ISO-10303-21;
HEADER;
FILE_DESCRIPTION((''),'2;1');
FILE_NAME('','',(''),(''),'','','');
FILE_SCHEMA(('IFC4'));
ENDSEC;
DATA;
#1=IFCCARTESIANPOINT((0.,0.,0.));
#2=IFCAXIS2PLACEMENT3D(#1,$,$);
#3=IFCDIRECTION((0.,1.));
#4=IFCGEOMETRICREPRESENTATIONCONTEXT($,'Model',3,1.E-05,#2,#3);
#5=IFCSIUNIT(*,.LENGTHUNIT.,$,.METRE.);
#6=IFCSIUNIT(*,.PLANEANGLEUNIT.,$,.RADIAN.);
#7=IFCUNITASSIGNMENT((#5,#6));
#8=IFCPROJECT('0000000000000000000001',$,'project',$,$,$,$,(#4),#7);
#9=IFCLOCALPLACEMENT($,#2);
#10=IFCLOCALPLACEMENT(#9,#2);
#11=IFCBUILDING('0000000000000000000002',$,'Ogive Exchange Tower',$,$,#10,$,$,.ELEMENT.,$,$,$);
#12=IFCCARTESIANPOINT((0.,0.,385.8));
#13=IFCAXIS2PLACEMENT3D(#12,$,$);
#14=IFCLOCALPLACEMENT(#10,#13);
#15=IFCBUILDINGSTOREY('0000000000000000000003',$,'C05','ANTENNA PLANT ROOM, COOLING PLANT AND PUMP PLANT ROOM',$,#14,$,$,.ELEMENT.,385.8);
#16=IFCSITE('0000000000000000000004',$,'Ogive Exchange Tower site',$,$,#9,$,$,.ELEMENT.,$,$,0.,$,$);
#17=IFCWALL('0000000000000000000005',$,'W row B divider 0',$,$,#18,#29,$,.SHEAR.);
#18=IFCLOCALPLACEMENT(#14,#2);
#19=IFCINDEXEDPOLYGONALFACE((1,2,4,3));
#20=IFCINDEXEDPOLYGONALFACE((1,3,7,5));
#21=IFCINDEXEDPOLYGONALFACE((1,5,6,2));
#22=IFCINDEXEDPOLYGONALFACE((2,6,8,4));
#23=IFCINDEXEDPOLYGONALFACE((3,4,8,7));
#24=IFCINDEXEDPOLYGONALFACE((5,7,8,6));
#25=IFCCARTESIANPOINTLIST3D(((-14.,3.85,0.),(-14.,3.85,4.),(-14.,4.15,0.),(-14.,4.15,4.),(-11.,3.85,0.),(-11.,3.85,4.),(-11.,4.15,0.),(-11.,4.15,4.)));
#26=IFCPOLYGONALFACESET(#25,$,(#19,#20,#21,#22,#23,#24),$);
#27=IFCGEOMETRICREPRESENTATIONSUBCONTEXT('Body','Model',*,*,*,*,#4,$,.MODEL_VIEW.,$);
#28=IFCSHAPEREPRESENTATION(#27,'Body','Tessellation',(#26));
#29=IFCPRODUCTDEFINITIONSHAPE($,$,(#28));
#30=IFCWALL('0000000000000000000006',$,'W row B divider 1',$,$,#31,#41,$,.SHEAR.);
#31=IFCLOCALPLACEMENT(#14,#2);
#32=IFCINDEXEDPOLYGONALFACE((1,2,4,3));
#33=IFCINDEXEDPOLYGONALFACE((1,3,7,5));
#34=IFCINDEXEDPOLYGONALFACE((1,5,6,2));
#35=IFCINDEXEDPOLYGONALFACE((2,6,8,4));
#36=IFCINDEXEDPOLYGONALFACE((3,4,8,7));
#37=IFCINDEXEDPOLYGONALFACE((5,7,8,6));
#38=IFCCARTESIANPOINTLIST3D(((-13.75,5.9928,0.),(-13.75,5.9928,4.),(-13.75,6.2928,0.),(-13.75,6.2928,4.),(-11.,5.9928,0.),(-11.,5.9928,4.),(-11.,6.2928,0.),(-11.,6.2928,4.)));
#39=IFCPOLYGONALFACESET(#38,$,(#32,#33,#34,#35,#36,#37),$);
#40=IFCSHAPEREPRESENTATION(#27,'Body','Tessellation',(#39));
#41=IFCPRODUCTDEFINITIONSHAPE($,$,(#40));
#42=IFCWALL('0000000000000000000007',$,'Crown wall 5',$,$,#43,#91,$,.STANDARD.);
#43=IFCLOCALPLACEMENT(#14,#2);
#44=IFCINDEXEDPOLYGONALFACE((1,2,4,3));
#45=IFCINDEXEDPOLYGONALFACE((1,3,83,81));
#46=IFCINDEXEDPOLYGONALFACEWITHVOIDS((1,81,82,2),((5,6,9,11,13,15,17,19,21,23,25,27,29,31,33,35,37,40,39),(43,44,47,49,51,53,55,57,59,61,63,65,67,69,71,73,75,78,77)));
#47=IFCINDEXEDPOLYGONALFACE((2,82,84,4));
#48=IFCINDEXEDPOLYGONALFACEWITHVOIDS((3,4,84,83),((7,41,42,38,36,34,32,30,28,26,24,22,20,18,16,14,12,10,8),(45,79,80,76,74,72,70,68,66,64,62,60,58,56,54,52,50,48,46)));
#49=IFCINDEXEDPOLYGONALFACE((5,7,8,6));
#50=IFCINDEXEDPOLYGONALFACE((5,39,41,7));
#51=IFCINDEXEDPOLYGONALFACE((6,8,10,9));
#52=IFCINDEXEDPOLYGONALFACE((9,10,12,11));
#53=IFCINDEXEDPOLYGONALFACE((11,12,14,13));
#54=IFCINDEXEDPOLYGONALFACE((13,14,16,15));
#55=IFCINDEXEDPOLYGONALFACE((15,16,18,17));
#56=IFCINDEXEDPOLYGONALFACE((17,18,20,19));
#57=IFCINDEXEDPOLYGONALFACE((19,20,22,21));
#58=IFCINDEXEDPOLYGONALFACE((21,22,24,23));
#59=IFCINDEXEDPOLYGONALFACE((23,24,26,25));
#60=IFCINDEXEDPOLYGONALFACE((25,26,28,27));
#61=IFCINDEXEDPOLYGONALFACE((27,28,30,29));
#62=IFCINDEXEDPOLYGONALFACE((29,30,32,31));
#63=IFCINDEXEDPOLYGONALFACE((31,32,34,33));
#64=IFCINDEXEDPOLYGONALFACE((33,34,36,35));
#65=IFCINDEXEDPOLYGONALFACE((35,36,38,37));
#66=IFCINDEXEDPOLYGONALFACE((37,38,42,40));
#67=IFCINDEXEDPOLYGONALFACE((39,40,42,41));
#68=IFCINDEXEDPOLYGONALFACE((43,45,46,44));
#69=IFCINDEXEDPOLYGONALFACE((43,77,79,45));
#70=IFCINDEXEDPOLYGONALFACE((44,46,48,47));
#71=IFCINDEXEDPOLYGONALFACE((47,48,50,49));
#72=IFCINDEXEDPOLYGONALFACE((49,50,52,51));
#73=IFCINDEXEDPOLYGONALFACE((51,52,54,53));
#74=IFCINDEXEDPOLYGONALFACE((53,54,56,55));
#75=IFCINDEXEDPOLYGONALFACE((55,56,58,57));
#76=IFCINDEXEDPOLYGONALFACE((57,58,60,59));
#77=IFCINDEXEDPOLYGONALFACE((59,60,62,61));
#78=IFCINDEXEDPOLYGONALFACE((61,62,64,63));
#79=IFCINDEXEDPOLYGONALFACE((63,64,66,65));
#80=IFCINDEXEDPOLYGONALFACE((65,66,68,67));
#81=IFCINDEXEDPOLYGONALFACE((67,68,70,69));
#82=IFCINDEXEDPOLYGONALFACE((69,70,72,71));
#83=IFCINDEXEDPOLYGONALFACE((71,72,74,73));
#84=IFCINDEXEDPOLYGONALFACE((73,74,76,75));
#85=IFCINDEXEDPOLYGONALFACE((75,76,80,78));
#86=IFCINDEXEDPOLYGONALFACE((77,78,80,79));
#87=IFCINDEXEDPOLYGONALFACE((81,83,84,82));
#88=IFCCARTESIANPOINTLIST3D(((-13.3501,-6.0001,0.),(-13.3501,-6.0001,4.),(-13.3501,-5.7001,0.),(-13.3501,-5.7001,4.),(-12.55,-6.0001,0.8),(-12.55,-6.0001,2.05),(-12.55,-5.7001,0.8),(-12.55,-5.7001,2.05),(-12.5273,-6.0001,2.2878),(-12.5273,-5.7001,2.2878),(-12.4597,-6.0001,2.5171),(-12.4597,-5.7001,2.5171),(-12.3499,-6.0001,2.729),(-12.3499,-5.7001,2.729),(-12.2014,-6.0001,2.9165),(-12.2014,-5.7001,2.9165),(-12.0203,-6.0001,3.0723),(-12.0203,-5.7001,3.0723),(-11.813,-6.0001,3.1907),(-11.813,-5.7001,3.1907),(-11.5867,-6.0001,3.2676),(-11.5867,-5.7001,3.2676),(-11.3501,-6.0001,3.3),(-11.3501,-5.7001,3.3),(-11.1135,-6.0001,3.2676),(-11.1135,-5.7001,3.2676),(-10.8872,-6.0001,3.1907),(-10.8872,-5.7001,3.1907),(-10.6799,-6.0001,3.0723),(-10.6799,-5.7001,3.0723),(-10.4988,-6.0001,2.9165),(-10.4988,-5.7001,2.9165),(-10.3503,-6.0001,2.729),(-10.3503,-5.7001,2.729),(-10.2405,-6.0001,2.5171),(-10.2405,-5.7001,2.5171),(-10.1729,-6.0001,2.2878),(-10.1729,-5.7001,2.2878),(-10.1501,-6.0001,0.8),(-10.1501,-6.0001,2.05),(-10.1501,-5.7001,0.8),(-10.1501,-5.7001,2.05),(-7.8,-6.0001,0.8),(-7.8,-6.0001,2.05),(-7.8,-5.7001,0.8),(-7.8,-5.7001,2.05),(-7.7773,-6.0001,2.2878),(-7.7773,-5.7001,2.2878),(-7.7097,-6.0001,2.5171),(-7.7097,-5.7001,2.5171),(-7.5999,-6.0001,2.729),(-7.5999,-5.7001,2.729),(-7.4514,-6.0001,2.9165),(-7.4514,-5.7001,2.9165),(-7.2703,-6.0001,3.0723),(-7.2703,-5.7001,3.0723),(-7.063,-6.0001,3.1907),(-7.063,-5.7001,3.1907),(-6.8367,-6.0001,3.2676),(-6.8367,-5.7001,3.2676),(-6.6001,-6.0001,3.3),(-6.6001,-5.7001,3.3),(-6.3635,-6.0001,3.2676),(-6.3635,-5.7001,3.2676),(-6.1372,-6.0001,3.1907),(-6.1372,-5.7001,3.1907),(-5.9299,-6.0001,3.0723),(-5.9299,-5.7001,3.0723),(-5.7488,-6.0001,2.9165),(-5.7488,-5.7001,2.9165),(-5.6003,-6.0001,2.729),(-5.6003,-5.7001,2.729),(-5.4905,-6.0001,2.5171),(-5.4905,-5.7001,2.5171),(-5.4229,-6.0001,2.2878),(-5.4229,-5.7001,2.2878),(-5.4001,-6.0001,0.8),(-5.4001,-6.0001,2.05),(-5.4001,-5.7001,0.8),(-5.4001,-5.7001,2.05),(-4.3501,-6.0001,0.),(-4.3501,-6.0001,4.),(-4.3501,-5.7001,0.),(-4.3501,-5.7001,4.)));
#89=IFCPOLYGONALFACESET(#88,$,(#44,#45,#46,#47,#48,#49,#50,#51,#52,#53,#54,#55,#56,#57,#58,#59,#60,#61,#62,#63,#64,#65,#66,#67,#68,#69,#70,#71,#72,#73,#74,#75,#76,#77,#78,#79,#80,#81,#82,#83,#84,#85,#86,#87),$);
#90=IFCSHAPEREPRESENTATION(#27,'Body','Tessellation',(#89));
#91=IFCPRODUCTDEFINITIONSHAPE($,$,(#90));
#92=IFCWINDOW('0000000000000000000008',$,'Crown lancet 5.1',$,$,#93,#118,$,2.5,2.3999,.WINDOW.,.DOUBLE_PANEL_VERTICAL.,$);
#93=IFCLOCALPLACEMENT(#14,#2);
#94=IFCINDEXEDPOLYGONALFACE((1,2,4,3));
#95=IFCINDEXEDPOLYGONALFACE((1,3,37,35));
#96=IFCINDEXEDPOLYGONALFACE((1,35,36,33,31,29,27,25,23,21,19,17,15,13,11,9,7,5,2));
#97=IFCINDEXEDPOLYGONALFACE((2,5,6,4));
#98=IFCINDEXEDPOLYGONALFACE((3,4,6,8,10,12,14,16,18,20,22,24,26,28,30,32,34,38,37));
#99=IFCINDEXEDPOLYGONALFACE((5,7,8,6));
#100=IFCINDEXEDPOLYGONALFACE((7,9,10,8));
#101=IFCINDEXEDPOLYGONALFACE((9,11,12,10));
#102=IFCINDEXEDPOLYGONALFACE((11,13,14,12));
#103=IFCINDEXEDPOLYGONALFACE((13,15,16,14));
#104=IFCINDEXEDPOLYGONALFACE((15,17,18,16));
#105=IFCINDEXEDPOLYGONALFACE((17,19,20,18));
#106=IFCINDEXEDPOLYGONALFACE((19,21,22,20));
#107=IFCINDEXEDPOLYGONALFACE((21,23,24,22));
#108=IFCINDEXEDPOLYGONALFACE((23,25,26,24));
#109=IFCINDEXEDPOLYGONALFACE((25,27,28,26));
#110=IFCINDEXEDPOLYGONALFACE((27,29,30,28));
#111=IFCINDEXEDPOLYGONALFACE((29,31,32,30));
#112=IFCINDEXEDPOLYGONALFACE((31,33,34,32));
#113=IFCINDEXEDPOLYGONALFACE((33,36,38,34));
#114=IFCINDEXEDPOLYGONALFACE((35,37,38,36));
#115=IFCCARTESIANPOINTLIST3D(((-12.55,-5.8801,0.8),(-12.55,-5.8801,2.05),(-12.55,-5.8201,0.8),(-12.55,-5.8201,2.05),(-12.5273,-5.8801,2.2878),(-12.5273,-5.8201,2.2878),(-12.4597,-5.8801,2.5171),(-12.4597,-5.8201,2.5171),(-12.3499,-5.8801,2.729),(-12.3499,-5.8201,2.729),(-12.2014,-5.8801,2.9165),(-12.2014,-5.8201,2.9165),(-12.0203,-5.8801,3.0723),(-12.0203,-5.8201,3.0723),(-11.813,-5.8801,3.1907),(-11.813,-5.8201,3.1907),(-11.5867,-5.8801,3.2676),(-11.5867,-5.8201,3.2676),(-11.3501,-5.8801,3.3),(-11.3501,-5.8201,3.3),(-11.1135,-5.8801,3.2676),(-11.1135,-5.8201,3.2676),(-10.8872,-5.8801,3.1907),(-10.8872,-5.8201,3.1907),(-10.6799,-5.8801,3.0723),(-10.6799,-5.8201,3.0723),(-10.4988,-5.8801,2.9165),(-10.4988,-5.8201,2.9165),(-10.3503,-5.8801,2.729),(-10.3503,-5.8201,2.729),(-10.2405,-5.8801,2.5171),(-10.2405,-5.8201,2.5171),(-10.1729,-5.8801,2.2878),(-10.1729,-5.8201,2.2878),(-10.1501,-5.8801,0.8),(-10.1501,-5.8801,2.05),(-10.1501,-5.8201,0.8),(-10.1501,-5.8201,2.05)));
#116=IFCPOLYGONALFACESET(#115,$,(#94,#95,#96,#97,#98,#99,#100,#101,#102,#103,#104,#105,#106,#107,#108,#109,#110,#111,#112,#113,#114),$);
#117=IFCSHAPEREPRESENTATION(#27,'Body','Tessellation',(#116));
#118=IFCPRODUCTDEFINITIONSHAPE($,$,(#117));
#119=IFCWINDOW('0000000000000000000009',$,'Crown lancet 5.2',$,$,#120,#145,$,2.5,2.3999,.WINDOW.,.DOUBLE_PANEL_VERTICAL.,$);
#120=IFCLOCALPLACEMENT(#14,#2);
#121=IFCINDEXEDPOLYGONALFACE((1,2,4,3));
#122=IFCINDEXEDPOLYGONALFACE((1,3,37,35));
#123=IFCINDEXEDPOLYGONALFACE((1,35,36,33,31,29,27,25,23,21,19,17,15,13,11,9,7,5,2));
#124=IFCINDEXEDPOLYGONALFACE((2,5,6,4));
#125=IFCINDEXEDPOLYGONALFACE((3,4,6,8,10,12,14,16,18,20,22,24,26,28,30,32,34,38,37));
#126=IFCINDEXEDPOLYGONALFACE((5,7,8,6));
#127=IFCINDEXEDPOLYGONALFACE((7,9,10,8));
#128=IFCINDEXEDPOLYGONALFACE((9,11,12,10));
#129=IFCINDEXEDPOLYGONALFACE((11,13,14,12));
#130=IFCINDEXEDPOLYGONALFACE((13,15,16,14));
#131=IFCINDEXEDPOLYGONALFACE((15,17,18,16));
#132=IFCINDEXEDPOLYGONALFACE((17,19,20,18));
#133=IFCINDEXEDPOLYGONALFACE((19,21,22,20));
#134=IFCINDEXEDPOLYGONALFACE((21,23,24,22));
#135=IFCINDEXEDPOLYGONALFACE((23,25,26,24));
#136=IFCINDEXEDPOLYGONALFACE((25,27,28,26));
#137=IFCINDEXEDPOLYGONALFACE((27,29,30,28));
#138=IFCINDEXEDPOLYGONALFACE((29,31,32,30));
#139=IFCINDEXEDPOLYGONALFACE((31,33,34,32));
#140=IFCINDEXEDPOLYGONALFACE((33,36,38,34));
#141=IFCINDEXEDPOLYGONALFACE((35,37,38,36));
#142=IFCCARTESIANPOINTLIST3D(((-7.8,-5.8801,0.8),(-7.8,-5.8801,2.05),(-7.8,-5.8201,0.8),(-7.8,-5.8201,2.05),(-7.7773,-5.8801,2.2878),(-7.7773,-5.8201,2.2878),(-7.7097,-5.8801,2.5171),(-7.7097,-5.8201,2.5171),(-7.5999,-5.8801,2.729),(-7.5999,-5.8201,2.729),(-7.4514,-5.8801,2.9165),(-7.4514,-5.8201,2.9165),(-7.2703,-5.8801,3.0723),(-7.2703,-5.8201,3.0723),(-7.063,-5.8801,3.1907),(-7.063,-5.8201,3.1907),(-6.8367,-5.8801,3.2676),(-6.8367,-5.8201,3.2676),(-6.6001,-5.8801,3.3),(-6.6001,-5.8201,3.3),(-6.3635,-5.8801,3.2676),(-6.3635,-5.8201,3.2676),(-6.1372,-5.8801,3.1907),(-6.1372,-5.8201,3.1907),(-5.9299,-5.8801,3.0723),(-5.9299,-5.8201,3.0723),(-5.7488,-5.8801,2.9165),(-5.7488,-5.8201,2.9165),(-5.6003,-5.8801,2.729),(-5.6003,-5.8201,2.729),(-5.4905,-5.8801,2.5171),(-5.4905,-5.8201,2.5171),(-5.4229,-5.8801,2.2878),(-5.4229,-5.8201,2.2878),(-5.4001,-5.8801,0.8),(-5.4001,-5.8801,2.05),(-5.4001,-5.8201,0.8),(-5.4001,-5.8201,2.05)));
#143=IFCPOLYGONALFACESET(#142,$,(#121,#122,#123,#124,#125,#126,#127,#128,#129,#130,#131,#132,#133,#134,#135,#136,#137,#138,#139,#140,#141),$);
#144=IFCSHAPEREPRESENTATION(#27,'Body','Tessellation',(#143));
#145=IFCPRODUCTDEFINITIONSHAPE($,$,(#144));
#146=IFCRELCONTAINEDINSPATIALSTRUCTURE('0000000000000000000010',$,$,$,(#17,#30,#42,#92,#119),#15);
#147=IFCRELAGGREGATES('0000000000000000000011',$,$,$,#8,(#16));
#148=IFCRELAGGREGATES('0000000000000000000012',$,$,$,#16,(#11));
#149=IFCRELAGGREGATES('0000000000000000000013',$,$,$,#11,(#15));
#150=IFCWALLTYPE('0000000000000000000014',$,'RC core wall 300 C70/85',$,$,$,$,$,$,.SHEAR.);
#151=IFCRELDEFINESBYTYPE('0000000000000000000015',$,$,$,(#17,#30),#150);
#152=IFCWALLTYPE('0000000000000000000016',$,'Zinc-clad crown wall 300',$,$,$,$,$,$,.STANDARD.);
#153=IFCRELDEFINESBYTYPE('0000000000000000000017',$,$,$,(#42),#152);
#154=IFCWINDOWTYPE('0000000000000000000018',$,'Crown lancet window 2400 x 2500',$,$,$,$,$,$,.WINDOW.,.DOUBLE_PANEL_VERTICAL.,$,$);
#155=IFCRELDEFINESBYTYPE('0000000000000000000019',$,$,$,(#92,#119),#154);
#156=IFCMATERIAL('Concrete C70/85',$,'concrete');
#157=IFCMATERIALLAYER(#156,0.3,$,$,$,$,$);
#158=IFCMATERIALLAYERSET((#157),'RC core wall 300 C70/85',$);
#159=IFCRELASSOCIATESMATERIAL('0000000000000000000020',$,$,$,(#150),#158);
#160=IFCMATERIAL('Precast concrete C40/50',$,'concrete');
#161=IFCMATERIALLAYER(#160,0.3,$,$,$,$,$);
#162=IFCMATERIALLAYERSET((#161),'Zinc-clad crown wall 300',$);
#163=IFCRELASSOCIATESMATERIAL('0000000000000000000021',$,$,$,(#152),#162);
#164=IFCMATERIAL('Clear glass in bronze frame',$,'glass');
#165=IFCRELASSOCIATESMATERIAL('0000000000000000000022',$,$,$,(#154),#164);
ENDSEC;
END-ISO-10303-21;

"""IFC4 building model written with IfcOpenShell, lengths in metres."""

from ifc_helpers import new_model, si_unit, direction, frame, frame_2d, origin, place, context, subcontext, project, spatial, polyline, rectangle, outline, extrude, material, layer, layer_set, type_object, element, fill, save


model = new_model("IFC4")

# Units and contexts
model_context = context("Model", 3, precision=1e-05, world=origin(), true_north=direction((0.0, 1.0)))
body_context = subcontext(model_context, "Body", "Model", "MODEL_VIEW")
ifc_project = project(units=[si_unit("LENGTHUNIT", "METRE"), si_unit("PLANEANGLEUNIT", "RADIAN")], contexts=[model_context])

# Site, building, storey
site_placement = place(None, origin())
site = spatial("IfcSite", under=ifc_project, at=site_placement, Name="Ogive Exchange Tower site", CompositionType="ELEMENT", RefElevation=0.0)
building_placement = place(site_placement, origin())
building = spatial("IfcBuilding", under=site, at=building_placement, Name="Ogive Exchange Tower", CompositionType="ELEMENT")
storey_placement = place(building_placement, frame((0.0, 0.0, 385.8)))
storey = spatial("IfcBuildingStorey", under=building, at=storey_placement, Name="C05", Description="ANTENNA PLANT ROOM, COOLING PLANT AND PUMP PLANT ROOM", CompositionType="ELEMENT", Elevation=385.8)

# Shared definitions
ifc_material_1 = material(Name="Concrete C70/85", Category="concrete")

# Walls
ifc_layer_1 = layer(ifc_material_1, 0.3)
ifc_layer_set_1 = layer_set([ifc_layer_1], Name="RC core wall 300 C70/85")
wall_type_1 = type_object("IfcWallType", Name="RC core wall 300 C70/85", PredefinedType="SHEAR", material=ifc_layer_set_1)
wall_1_placement = place(storey_placement, frame((-14.0, 4.0, 0.0), z_axis=(0.0, 0.0, 1.0), x_axis=(1.0, 0.0, 0.0)))
element("IfcWall", 1, at=wall_1_placement, inside=storey, type_object=wall_type_1, Name="W row B divider 0", PredefinedType="SHEAR", context=body_context, shape_type="SweptSolid", body=[
    extrude(rectangle(XDim=3.0, YDim=0.3, at=frame_2d((1.5, 0.0))), origin(), (0.0, 0.0, 1.0), 4.0),
])
wall_2_placement = place(storey_placement, frame((-13.75, 6.1428, 0.0), z_axis=(0.0, 0.0, 1.0), x_axis=(1.0, 0.0, 0.0)))
element("IfcWall", 2, at=wall_2_placement, inside=storey, type_object=wall_type_1, Name="W row B divider 1", PredefinedType="SHEAR", context=body_context, shape_type="SweptSolid", body=[
    extrude(rectangle(XDim=2.75, YDim=0.3, at=frame_2d((1.375, 0.0))), origin(), (0.0, 0.0, 1.0), 4.0),
])

# Wall, openings, windows
ifc_material_2 = material(Name="Precast concrete C40/50", Category="concrete")
ifc_layer_2 = layer(ifc_material_2, 0.3)
ifc_layer_set_2 = layer_set([ifc_layer_2], Name="Zinc-clad crown wall 300")
wall_type_2 = type_object("IfcWallType", Name="Zinc-clad crown wall 300", PredefinedType="STANDARD", material=ifc_layer_set_2)
wall_3_placement = place(storey_placement, frame((-13.3501, -5.8501, 0.0), z_axis=(0.0, 0.0, 1.0), x_axis=(1.0, 0.0, 0.0)))
wall_3 = element("IfcWall", 3, at=wall_3_placement, inside=storey, type_object=wall_type_2, Name="Crown wall 5", PredefinedType="STANDARD", context=body_context, shape_type="SweptSolid", body=[
    extrude(rectangle(XDim=9.0, YDim=0.3, at=frame_2d((4.5, 0.0))), origin(), (0.0, 0.0, 1.0), 4.0),
])
opening_1_placement = place(wall_3_placement, frame((0.8, 0.0, 0.8)))
opening_1 = element("IfcOpeningElement", 4, at=opening_1_placement, cuts=wall_3, PredefinedType="OPENING", context=body_context, shape_type="SweptSolid", body=[
    extrude(outline(polyline([(0.0, 0.0), (2.3999, 0.0), (2.3999, 1.25), (2.3772, 1.4878), (2.3096, 1.717), (2.1997, 1.929), (2.0513, 2.1165), (1.8701, 2.2722), (1.6628, 2.3906), (1.4365, 2.4675), (1.2, 2.5), (0.9634, 2.4675), (0.7371, 2.3906), (0.5298, 2.2722), (0.3486, 2.1165), (0.2002, 1.929), (0.0903, 1.717), (0.0227, 1.4878), (0.0, 1.25), (0.0, 0.0)])), frame((0.0, 0.1599, 0.0), z_axis=(0.0, -1.0, 0.0), x_axis=(1.0, 0.0, 0.0)), (0.0, 0.0, 1.0), 0.3201),
])
opening_2_placement = place(wall_3_placement, frame((5.55, 0.0, 0.8)))
opening_2 = element("IfcOpeningElement", 5, at=opening_2_placement, cuts=wall_3, PredefinedType="OPENING", context=body_context, shape_type="SweptSolid", body=[
    extrude(outline(polyline([(0.0, 0.0), (2.3999, 0.0), (2.3999, 1.25), (2.3772, 1.4878), (2.3096, 1.717), (2.1997, 1.929), (2.0513, 2.1165), (1.8701, 2.2722), (1.6628, 2.3906), (1.4365, 2.4675), (1.2, 2.5), (0.9634, 2.4675), (0.7371, 2.3906), (0.5298, 2.2722), (0.3486, 2.1165), (0.2002, 1.929), (0.0903, 1.717), (0.0227, 1.4878), (0.0, 1.25), (0.0, 0.0)])), frame((0.0, 0.1599, 0.0), z_axis=(0.0, -1.0, 0.0), x_axis=(1.0, 0.0, 0.0)), (0.0, 0.0, 1.0), 0.3201),
])
ifc_material_3 = material(Name="Clear glass in bronze frame", Category="glass")
window_type = type_object("IfcWindowType", Name="Crown lancet window 2400 x 2500", PartitioningType="DOUBLE_PANEL_VERTICAL", PredefinedType="WINDOW", material=ifc_material_3)
window_1_placement = place(opening_1_placement, origin())
window_1 = element("IfcWindow", 6, at=window_1_placement, inside=storey, type_object=window_type, Name="Crown lancet 5.1", OverallHeight=2.5, OverallWidth=2.3999, PartitioningType="DOUBLE_PANEL_VERTICAL", PredefinedType="WINDOW", context=body_context, shape_type="SweptSolid", body=[
    extrude(outline(polyline([(0.0, 0.0), (2.3999, 0.0), (2.3999, 1.25), (2.3772, 1.4878), (2.3096, 1.717), (2.1997, 1.929), (2.0513, 2.1165), (1.8701, 2.2722), (1.6628, 2.3906), (1.4365, 2.4675), (1.2, 2.5), (0.9634, 2.4675), (0.7371, 2.3906), (0.5298, 2.2722), (0.3486, 2.1165), (0.2002, 1.929), (0.0903, 1.717), (0.0227, 1.4878), (0.0, 1.25), (0.0, 0.0)])), frame((0.0, 0.03, 0.0), z_axis=(0.0, -1.0, 0.0), x_axis=(1.0, 0.0, 0.0)), (0.0, 0.0, 1.0), 0.0601),
])
fill(opening_1, window_1)
window_2_placement = place(opening_2_placement, origin())
window_2 = element("IfcWindow", 7, at=window_2_placement, inside=storey, type_object=window_type, Name="Crown lancet 5.2", OverallHeight=2.5, OverallWidth=2.3999, PartitioningType="DOUBLE_PANEL_VERTICAL", PredefinedType="WINDOW", context=body_context, shape_type="SweptSolid", body=[
    extrude(outline(polyline([(0.0, 0.0), (2.3999, 0.0), (2.3999, 1.25), (2.3772, 1.4878), (2.3096, 1.717), (2.1997, 1.929), (2.0513, 2.1165), (1.8701, 2.2722), (1.6628, 2.3906), (1.4365, 2.4675), (1.2, 2.5), (0.9634, 2.4675), (0.7371, 2.3906), (0.5298, 2.2722), (0.3486, 2.1165), (0.2002, 1.929), (0.0903, 1.717), (0.0227, 1.4878), (0.0, 1.25), (0.0, 0.0)])), frame((0.0, 0.03, 0.0), z_axis=(0.0, -1.0, 0.0), x_axis=(1.0, 0.0, 0.0)), (0.0, 0.0, 1.0), 0.0601),
])
fill(opening_2, window_2)

save(model, "model.ifc")
